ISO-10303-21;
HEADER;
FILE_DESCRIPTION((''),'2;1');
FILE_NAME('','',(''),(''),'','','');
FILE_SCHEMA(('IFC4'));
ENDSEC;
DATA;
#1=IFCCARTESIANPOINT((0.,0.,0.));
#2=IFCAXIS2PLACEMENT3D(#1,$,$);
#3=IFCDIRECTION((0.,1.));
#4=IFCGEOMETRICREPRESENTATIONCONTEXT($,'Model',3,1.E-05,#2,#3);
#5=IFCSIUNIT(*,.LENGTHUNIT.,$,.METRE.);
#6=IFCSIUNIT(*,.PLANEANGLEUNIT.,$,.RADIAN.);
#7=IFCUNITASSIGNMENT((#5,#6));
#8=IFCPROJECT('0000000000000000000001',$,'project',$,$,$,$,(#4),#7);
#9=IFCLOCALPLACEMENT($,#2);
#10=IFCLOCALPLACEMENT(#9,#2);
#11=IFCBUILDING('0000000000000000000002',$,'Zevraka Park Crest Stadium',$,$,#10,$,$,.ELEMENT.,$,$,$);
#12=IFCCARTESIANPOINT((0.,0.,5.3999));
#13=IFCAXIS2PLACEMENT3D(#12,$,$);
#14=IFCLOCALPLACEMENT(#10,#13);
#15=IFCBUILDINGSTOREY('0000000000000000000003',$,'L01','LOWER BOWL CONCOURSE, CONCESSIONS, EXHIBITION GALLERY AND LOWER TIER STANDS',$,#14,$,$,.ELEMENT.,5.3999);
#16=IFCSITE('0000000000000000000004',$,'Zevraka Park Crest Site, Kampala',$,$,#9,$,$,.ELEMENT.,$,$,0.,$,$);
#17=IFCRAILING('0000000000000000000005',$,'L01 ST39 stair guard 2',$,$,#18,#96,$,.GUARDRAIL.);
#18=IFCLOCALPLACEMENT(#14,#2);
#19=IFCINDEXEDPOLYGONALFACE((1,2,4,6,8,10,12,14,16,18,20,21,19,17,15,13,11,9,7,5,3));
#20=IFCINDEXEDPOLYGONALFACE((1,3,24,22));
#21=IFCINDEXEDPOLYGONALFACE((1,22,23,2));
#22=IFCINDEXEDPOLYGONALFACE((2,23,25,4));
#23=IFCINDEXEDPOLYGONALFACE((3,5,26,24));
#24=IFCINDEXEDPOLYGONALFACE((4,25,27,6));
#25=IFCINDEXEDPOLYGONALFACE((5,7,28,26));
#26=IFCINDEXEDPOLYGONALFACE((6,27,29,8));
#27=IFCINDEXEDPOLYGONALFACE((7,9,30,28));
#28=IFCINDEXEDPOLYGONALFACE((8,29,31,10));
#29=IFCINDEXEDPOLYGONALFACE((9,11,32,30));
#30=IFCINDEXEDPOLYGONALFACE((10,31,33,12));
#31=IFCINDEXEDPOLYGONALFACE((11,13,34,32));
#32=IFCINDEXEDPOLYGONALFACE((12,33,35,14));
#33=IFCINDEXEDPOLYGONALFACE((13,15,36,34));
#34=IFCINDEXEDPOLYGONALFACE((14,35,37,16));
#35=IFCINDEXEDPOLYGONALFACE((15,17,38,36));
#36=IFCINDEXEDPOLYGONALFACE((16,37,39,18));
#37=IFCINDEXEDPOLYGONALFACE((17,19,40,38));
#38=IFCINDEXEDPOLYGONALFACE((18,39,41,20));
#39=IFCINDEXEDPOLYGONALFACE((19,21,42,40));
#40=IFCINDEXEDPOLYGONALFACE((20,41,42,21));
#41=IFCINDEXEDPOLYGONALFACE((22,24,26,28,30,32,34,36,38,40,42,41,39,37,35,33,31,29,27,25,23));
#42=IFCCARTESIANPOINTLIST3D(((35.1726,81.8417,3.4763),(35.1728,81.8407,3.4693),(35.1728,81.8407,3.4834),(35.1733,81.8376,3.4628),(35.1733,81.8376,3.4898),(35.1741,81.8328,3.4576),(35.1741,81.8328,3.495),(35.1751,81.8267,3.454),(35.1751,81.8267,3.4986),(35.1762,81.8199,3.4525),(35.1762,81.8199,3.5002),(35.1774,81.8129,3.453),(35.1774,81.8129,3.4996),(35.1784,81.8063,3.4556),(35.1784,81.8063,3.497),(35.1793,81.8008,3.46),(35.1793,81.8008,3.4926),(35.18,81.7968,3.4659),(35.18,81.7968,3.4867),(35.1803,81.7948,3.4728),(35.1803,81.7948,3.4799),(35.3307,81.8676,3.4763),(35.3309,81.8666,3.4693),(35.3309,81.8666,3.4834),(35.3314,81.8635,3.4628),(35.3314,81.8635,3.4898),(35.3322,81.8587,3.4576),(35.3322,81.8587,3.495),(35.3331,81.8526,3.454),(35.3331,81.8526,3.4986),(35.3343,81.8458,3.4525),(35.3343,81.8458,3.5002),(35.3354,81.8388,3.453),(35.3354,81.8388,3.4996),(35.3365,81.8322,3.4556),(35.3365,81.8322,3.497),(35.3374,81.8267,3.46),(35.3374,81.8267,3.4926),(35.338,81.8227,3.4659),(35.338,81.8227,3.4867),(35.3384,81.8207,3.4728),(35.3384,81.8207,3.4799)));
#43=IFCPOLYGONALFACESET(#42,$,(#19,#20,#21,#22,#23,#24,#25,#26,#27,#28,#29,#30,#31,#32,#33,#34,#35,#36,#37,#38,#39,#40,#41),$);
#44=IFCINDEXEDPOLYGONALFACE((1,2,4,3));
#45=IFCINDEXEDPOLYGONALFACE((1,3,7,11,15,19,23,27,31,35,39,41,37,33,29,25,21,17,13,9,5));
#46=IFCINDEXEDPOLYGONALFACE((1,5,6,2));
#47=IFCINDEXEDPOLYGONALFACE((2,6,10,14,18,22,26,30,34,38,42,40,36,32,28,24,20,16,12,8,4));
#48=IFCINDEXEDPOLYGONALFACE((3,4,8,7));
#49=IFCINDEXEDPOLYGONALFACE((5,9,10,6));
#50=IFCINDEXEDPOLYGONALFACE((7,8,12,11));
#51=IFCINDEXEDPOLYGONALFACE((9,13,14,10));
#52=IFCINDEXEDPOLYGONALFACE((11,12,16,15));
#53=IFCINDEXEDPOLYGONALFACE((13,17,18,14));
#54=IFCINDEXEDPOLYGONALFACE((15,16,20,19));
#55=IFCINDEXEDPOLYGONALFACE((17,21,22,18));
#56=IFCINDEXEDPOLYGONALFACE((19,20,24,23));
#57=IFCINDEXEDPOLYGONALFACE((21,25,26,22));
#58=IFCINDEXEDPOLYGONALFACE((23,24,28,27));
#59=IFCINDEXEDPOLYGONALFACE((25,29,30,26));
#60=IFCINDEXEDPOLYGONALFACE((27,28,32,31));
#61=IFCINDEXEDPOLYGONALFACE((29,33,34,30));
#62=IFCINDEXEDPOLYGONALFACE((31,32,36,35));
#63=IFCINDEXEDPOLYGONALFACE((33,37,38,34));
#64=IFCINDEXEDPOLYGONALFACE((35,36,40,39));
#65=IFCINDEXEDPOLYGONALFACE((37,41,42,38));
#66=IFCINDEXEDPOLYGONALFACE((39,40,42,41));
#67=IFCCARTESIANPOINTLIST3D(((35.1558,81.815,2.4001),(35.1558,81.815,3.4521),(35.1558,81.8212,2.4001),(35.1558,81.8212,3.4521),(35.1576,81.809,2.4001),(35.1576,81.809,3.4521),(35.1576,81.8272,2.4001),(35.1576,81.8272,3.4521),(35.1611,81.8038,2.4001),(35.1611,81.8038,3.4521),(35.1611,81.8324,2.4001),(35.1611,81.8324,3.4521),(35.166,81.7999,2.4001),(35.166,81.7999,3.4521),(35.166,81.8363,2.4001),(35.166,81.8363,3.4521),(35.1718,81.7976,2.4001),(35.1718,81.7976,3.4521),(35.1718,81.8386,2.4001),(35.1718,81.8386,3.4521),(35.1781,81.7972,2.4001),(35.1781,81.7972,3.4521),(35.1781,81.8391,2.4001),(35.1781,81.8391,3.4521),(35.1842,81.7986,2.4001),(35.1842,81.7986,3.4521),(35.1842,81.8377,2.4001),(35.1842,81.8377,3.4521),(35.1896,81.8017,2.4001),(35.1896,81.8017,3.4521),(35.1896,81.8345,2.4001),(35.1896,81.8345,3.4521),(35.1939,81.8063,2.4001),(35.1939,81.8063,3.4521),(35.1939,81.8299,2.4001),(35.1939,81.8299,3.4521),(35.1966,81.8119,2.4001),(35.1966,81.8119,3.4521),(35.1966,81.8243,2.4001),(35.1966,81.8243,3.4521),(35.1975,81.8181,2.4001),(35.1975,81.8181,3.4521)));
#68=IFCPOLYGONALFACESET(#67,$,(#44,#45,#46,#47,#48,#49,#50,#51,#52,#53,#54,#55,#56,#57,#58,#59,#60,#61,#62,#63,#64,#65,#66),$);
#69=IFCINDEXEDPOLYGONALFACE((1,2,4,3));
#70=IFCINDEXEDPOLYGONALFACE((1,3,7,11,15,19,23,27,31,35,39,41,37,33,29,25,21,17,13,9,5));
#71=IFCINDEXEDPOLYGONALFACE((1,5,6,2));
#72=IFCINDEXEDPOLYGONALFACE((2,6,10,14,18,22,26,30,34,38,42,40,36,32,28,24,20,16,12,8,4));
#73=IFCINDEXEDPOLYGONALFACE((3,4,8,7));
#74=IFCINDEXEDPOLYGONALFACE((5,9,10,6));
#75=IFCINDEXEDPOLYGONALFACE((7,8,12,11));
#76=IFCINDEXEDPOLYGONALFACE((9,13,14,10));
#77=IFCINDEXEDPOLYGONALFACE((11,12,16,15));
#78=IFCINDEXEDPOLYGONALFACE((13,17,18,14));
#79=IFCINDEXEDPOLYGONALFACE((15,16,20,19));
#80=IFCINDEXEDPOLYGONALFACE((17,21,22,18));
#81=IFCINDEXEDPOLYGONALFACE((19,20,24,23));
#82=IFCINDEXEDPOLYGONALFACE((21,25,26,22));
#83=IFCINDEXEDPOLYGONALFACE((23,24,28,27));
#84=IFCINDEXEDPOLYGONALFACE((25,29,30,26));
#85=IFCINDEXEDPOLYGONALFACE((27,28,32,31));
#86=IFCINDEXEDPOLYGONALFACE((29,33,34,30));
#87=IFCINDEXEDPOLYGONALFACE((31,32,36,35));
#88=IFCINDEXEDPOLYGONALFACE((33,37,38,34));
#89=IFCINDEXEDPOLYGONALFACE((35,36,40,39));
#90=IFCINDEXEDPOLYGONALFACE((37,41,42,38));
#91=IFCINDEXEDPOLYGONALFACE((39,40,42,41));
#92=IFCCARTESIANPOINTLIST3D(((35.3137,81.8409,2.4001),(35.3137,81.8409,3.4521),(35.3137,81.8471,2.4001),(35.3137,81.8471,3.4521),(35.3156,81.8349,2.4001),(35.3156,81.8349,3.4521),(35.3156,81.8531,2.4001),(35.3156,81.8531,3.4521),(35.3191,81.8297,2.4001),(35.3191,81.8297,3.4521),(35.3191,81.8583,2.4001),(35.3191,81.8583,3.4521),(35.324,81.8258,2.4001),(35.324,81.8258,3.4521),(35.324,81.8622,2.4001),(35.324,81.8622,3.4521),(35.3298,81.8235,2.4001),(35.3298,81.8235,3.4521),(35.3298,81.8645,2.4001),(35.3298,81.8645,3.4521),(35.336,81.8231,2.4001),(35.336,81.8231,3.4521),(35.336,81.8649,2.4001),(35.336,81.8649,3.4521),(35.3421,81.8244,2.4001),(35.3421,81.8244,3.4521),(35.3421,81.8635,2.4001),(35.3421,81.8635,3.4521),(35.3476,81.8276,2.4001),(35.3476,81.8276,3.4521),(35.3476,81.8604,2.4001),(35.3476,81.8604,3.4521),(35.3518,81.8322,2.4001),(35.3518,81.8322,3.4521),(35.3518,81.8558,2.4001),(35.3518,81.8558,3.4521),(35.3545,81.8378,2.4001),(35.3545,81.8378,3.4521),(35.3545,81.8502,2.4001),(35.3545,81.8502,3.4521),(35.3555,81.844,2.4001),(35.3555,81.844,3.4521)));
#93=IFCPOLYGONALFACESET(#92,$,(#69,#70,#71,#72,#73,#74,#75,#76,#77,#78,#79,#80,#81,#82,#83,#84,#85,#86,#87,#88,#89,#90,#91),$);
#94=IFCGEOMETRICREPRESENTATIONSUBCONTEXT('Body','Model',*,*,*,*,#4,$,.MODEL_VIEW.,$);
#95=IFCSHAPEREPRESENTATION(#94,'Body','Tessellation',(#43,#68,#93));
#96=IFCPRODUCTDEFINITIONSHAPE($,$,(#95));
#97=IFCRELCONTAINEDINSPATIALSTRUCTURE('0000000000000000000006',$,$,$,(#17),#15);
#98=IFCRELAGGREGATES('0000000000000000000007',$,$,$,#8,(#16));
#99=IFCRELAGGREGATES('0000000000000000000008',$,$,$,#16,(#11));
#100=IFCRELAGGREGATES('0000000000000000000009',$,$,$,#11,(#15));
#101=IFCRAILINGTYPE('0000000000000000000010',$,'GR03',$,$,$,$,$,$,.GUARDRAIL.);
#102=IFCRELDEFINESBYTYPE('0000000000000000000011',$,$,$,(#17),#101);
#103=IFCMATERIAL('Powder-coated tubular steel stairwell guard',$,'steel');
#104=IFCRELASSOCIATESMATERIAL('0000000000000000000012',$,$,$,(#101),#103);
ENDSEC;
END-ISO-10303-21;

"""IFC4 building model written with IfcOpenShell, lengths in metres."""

from ifc_helpers import new_model, si_unit, direction, frame, origin, origin_2d, place, context, subcontext, project, spatial, circle, extrude, material, type_object, element, save


model = new_model("IFC4")

# Units and contexts
model_context = context("Model", 3, precision=1e-05, world=origin(), true_north=direction((0.0, 1.0)))
body_context = subcontext(model_context, "Body", "Model", "MODEL_VIEW")
ifc_project = project(units=[si_unit("LENGTHUNIT", "METRE"), si_unit("PLANEANGLEUNIT", "RADIAN")], contexts=[model_context])

# Site, building, storey
site_placement = place(None, origin())
site = spatial("IfcSite", under=ifc_project, at=site_placement, Name="Zevraka Park Crest Site, Kampala", CompositionType="ELEMENT", RefElevation=0.0)
building_placement = place(site_placement, origin())
building = spatial("IfcBuilding", under=site, at=building_placement, Name="Zevraka Park Crest Stadium", CompositionType="ELEMENT")
storey_placement = place(building_placement, frame((0.0, 0.0, 5.3999)))
storey = spatial("IfcBuildingStorey", under=building, at=storey_placement, Name="L01", Description="LOWER BOWL CONCOURSE, CONCESSIONS, EXHIBITION GALLERY AND LOWER TIER STANDS", CompositionType="ELEMENT", Elevation=5.3999)

# Railing
ifc_material_1 = material(Name="Powder-coated tubular steel stairwell guard", Category="steel")
railing_type_1 = type_object("IfcRailingType", Name="GR03", PredefinedType="GUARDRAIL", material=ifc_material_1)
railing_1_placement = place(storey_placement, frame((35.1765, 81.8181, 2.4001)))
element("IfcRailing", 1, at=railing_1_placement, inside=storey, type_object=railing_type_1, Name="L01 ST39 stair guard 2", PredefinedType="GUARDRAIL", context=body_context, shape_type="SweptSolid", body=[
    extrude(circle(Radius=0.0239, at=origin_2d()), frame((0.0, 0.0, 1.0762), z_axis=(0.986844, 0.161678, 0.0), x_axis=(-0.161678, 0.986844, 0.0)), (0.0, 0.0, 1.0), 0.1602),
    extrude(circle(Radius=0.021, at=origin_2d()), origin(), (0.0, 0.0, 1.0), 1.052),
    extrude(circle(Radius=0.021, at=origin_2d()), frame((0.158, 0.0259, 0.0)), (0.0, 0.0, 1.0), 1.052),
])

save(model, "model.ifc")
